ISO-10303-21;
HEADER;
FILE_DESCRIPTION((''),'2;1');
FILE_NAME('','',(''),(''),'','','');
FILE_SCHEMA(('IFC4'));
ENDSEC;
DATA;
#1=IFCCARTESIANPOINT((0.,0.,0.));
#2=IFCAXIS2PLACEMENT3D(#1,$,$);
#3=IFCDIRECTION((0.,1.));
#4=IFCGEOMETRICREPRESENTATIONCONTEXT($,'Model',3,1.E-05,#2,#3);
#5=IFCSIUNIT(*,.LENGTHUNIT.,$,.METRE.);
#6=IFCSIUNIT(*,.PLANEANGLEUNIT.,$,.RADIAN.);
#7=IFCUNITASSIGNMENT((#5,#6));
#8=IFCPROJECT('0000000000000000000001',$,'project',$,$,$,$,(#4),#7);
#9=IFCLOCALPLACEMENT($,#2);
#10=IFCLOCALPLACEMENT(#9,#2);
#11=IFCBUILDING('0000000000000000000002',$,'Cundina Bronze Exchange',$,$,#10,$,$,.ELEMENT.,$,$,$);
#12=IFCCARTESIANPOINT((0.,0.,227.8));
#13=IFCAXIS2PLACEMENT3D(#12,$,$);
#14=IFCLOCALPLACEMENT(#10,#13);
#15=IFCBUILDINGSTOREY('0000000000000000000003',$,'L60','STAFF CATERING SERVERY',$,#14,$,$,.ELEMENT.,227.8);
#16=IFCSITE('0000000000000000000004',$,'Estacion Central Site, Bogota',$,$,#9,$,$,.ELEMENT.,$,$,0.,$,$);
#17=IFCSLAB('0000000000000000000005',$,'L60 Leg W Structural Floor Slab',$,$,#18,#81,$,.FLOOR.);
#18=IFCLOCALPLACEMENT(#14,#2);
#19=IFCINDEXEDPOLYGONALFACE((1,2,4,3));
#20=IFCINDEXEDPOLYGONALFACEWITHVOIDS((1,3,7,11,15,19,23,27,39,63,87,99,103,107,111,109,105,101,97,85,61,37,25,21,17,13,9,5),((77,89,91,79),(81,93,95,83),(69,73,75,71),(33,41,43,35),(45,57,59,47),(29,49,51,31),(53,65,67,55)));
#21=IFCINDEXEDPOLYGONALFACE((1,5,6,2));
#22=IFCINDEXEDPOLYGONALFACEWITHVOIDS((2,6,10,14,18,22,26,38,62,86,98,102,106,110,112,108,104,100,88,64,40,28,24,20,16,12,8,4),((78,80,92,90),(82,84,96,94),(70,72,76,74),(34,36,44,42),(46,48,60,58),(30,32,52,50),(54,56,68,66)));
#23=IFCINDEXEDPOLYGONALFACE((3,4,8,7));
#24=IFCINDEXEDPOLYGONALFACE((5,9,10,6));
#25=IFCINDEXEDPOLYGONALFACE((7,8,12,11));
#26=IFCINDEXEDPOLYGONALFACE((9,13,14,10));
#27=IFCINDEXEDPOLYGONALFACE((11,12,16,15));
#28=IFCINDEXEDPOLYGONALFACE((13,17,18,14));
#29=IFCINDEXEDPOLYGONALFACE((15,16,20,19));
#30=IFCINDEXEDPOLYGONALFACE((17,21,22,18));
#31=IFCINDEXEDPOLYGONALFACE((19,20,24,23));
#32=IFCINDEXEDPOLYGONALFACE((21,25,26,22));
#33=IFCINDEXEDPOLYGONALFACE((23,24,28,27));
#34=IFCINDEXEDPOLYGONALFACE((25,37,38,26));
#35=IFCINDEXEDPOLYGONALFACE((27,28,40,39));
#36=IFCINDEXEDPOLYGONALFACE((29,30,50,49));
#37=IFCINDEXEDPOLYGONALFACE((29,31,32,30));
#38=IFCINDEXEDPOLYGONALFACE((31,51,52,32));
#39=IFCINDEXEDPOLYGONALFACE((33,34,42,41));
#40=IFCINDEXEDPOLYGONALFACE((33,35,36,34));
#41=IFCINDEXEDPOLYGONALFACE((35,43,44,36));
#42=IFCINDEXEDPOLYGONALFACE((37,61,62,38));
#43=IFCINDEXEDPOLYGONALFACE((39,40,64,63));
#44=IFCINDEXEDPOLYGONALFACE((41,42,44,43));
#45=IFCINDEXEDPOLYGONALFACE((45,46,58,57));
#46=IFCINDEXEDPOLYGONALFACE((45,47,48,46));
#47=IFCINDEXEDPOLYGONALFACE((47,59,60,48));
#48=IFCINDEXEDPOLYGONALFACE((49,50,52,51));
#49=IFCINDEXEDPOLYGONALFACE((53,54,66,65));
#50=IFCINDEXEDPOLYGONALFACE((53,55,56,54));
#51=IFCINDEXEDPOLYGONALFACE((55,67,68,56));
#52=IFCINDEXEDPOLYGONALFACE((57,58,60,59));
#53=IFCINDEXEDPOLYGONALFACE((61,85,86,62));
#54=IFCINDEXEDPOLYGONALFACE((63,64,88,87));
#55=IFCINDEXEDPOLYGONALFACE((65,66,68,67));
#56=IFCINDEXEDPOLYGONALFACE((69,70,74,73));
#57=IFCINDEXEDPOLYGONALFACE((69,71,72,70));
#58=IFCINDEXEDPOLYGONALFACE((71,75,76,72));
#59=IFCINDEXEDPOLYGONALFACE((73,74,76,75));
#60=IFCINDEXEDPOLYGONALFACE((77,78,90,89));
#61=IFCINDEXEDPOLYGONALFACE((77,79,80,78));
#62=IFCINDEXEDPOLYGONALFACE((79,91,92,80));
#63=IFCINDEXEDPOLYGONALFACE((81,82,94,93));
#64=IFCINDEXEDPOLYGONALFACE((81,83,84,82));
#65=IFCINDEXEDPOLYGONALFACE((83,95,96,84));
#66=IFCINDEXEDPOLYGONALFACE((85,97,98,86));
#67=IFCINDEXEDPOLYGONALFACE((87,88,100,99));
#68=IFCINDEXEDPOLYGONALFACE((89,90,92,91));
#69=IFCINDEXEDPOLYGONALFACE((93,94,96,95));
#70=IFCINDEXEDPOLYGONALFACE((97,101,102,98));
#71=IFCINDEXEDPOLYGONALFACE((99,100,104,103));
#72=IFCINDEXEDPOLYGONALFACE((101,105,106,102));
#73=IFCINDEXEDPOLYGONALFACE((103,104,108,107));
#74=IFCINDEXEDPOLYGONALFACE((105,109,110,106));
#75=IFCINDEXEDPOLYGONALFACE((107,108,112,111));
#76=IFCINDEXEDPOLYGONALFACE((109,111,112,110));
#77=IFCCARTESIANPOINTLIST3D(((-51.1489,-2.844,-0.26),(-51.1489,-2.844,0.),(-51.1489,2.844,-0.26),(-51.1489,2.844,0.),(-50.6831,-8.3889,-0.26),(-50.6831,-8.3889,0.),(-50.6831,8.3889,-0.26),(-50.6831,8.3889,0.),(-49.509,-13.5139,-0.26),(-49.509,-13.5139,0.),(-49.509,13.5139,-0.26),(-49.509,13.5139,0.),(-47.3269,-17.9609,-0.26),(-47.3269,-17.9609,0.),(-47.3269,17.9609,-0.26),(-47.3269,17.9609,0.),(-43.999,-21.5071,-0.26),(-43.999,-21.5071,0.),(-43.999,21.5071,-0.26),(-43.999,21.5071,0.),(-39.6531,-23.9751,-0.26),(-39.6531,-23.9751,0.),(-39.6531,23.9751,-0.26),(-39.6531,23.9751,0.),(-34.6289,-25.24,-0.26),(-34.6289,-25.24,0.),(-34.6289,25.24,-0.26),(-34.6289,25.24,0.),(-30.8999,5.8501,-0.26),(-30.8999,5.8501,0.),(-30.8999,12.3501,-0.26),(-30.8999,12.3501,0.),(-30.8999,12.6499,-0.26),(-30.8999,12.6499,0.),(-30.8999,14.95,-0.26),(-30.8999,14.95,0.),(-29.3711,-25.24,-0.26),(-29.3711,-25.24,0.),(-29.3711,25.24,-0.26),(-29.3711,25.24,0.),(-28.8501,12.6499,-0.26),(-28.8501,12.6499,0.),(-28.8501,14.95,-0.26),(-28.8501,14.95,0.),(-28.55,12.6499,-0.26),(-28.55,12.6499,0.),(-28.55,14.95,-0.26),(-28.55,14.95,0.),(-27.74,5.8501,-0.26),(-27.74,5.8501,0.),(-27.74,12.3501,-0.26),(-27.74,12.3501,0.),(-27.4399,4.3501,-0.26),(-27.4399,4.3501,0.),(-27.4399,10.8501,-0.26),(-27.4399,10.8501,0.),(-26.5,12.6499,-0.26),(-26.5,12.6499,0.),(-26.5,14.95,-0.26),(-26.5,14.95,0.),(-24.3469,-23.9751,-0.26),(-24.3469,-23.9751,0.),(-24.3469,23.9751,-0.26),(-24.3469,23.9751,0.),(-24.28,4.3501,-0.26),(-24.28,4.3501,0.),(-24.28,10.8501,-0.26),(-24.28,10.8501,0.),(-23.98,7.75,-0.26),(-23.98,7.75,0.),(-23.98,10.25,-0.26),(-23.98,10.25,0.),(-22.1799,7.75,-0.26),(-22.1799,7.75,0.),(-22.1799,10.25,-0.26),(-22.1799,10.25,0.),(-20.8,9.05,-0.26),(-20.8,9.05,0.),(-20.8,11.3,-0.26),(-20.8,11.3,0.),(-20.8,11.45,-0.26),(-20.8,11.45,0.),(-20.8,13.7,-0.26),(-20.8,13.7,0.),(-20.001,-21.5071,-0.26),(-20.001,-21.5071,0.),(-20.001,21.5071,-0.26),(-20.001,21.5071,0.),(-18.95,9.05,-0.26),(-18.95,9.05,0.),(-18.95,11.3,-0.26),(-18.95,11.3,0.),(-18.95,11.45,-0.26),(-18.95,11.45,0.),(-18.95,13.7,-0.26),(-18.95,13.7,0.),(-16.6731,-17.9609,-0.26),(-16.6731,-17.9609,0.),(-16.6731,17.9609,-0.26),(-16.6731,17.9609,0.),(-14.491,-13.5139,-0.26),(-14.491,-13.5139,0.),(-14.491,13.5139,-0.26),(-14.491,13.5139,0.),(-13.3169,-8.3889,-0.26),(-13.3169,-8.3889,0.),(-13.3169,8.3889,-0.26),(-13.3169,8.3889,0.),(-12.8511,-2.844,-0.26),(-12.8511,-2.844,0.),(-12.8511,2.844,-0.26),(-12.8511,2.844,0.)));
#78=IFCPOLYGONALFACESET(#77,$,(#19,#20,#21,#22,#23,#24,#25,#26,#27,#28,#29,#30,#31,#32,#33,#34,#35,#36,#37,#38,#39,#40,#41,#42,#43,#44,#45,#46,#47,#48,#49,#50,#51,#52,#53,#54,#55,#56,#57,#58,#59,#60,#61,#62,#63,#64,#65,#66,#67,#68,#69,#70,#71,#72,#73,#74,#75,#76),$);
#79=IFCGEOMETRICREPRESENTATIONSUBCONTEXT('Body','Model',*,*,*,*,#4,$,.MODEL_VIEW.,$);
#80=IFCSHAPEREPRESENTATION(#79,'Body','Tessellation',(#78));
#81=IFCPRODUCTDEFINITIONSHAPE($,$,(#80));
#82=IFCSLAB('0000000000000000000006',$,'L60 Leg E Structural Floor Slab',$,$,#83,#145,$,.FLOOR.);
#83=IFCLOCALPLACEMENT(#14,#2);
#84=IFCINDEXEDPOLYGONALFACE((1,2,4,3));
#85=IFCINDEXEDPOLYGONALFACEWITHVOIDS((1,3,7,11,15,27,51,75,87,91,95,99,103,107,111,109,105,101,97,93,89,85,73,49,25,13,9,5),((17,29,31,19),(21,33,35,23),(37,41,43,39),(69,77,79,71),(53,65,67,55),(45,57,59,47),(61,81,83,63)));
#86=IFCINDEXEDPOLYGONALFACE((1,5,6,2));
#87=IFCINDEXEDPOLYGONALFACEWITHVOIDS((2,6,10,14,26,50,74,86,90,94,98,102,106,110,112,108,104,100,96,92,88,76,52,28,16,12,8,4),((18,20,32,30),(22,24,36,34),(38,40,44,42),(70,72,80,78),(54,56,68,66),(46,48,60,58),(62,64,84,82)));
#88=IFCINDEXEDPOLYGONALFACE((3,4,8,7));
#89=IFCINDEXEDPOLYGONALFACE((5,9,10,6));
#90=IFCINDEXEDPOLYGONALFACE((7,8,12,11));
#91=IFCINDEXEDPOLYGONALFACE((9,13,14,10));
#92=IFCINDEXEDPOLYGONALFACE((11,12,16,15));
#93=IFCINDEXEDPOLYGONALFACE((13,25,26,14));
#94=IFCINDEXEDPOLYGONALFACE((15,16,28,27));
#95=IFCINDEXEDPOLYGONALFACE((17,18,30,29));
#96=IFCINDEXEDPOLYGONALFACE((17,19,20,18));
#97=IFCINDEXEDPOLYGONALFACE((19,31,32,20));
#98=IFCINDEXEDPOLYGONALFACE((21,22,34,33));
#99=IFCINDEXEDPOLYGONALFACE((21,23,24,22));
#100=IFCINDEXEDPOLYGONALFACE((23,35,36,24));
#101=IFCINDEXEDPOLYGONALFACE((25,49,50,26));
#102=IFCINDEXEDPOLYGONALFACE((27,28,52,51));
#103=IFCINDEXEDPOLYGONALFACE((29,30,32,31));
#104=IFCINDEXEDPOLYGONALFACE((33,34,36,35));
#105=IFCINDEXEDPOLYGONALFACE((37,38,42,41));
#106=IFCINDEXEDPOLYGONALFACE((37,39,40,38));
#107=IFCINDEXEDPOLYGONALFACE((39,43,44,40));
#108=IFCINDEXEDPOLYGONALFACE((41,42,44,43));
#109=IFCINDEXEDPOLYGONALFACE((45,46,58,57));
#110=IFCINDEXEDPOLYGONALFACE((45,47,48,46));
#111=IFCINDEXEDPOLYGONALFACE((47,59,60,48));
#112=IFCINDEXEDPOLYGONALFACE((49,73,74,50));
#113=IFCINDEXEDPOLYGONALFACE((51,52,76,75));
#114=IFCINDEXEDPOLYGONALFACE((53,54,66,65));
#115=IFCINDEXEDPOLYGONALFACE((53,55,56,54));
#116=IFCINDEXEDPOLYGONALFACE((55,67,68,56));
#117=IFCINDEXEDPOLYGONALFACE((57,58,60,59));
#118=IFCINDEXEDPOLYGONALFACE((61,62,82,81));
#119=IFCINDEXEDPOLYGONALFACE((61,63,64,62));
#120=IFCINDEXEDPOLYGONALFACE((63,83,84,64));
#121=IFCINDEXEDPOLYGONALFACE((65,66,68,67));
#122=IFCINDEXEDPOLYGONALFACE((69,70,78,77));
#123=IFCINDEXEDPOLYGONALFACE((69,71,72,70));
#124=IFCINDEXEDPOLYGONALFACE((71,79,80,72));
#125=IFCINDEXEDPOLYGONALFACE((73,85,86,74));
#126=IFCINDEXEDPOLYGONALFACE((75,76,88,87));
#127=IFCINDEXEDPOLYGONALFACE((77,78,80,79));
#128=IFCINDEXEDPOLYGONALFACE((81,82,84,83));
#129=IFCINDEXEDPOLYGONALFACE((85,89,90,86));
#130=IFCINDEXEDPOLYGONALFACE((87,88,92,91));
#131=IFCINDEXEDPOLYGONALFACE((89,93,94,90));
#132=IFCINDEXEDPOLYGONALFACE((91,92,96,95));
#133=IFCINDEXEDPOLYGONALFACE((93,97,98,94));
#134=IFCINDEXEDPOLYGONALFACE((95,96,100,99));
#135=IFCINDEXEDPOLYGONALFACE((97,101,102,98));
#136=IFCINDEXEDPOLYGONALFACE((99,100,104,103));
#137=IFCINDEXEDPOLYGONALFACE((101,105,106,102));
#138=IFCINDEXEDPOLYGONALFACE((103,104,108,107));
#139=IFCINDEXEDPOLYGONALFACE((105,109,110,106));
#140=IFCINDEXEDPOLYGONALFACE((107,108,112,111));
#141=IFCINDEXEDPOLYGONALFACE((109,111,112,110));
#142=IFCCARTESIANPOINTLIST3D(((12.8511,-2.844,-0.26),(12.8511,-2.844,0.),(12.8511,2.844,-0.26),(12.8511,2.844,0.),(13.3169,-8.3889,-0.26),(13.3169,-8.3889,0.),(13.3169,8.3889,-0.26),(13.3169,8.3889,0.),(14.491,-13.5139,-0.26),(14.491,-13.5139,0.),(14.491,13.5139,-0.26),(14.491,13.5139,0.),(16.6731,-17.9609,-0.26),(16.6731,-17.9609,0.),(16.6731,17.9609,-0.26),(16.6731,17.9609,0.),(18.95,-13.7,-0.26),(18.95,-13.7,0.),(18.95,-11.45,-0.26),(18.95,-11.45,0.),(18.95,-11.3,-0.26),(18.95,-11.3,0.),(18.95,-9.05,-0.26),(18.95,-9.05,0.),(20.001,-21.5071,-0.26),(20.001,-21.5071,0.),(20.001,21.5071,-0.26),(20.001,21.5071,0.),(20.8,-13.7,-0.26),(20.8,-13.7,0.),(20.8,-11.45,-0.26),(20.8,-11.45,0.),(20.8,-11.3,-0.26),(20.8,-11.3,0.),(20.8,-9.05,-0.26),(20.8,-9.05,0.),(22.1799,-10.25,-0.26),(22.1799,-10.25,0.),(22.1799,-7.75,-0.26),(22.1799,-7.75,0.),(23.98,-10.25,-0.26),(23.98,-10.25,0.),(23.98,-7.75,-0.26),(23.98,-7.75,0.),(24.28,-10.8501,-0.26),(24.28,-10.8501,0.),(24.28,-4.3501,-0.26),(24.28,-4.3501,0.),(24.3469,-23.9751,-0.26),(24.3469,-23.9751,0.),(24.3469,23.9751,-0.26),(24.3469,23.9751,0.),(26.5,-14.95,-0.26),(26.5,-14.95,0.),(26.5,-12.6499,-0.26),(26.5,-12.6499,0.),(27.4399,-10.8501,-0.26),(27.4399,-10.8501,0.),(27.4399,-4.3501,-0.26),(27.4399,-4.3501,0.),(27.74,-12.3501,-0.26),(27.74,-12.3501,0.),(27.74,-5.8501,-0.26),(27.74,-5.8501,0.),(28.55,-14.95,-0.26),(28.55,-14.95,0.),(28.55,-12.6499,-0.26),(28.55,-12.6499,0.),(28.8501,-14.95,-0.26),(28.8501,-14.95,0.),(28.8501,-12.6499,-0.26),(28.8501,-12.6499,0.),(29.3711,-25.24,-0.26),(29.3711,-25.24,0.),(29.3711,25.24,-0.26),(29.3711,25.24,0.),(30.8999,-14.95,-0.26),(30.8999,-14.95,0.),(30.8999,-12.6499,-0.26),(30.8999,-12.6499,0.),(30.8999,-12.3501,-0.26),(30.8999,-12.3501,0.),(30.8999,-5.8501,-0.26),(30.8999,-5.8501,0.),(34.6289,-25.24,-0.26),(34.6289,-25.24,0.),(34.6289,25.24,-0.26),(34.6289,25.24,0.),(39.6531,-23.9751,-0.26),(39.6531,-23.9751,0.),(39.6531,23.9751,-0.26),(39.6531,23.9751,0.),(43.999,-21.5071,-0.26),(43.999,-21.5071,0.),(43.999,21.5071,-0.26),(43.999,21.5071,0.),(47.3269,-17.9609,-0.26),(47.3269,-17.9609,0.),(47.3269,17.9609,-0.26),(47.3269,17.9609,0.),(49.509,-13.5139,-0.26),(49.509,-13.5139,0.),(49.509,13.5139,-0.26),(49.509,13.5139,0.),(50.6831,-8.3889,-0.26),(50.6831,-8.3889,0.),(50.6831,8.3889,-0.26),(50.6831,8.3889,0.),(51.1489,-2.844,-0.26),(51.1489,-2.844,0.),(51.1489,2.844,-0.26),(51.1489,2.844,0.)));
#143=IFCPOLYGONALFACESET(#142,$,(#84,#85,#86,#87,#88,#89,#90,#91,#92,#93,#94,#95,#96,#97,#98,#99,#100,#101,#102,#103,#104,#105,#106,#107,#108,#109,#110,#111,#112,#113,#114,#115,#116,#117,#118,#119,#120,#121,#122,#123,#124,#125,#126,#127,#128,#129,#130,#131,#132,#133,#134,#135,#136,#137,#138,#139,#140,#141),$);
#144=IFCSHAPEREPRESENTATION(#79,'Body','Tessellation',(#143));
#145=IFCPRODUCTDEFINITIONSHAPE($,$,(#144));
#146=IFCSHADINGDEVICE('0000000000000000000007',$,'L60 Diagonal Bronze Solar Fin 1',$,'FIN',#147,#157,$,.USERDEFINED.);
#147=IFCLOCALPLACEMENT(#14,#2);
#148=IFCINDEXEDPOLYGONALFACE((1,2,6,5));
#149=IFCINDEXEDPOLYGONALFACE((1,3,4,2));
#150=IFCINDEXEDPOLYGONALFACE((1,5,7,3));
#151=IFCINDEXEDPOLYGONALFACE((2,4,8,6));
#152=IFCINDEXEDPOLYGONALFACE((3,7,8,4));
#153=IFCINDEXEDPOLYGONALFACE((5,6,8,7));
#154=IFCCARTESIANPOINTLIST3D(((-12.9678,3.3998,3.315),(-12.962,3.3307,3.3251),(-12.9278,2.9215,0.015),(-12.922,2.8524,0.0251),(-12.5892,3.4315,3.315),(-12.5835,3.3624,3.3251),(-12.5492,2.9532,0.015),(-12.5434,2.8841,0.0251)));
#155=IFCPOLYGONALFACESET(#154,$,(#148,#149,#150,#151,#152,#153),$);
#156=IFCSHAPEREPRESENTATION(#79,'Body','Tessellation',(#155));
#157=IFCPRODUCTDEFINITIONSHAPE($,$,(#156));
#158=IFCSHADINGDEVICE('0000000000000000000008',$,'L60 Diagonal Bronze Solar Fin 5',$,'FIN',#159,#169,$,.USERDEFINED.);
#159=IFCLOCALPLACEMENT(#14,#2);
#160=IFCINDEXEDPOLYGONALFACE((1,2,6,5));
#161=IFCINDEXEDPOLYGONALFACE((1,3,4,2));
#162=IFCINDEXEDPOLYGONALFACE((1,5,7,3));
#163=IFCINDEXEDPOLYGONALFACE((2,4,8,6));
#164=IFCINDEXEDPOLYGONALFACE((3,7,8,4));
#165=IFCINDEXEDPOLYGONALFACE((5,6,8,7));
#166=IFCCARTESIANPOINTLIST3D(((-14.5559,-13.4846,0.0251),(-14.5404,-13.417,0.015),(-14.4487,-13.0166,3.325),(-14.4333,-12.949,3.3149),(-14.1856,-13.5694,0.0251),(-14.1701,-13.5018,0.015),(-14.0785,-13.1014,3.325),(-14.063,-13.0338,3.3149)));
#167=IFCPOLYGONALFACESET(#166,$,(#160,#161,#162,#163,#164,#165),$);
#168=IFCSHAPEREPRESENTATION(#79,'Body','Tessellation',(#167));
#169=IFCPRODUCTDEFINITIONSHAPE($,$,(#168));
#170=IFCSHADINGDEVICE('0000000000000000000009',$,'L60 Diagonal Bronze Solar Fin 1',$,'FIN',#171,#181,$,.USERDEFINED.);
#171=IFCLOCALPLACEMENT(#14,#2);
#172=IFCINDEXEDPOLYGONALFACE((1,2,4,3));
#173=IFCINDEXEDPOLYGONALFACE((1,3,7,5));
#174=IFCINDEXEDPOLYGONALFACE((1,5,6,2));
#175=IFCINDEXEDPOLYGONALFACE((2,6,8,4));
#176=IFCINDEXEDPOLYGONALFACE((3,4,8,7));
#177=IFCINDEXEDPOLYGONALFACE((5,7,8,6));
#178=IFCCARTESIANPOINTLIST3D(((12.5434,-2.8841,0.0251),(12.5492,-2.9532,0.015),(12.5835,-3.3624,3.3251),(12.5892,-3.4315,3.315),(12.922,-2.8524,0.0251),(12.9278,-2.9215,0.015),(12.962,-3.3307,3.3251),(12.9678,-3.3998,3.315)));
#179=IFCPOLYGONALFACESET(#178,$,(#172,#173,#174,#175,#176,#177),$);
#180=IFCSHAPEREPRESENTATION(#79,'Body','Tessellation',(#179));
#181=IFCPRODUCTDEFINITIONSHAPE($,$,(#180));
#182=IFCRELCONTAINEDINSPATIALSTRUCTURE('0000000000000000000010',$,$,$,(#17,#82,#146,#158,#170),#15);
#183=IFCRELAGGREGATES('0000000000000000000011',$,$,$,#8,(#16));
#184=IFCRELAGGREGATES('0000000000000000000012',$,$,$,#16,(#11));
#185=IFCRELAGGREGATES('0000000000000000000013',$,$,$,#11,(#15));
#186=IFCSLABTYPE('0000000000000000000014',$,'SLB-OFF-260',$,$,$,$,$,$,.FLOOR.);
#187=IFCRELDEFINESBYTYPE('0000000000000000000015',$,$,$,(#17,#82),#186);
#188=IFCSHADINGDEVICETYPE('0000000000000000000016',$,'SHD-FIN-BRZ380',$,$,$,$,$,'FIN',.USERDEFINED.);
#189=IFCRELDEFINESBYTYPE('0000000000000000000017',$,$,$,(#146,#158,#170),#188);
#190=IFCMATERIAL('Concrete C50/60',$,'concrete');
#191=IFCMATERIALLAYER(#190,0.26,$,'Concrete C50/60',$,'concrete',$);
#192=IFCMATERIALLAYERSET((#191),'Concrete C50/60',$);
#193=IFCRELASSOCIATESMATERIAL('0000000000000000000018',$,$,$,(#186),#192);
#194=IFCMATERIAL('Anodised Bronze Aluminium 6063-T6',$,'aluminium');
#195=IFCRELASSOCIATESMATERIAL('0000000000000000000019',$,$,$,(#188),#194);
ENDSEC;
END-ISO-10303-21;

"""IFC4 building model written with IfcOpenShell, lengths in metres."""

from ifc_helpers import new_model, si_unit, direction, frame, origin, origin_2d, place, context, subcontext, project, spatial, polyline, rectangle, outline, extrude, material, layer, layer_set, material_profile, profile_set, type_object, element, save


model = new_model("IFC4")

# Units and contexts
model_context = context("Model", 3, precision=1e-05, world=origin(), true_north=direction((0.0, 1.0)))
body_context = subcontext(model_context, "Body", "Model", "MODEL_VIEW")
ifc_project = project(units=[si_unit("LENGTHUNIT", "METRE"), si_unit("PLANEANGLEUNIT", "RADIAN")], contexts=[model_context])

# Site, building, storey
site_placement = place(None, origin())
site = spatial("IfcSite", under=ifc_project, at=site_placement, Name="Estacion Central Site, Bogota", CompositionType="ELEMENT", RefElevation=0.0)
building_placement = place(site_placement, origin())
building = spatial("IfcBuilding", under=site, at=building_placement, Name="Cundina Bronze Exchange", CompositionType="ELEMENT")
storey_placement = place(building_placement, frame((0.0, 0.0, 227.8)))
storey = spatial("IfcBuildingStorey", under=building, at=storey_placement, Name="L60", Description="STAFF CATERING SERVERY", CompositionType="ELEMENT", Elevation=227.8)

# Shared definitions
ifc_material_1 = material(Name="Concrete C50/60", Category="concrete")

# Shared definitions
ifc_material_2 = material(Name="Anodised Bronze Aluminium 6063-T6", Category="aluminium")

# Slabs
ifc_layer_1 = layer(ifc_material_1, 0.26, Name="Concrete C50/60", Category="concrete")
ifc_layer_set_1 = layer_set([ifc_layer_1], Name="Concrete C50/60")
slab_type_1 = type_object("IfcSlabType", Name="SLB-OFF-260", PredefinedType="FLOOR", material=ifc_layer_set_1)
slab_1_placement = place(storey_placement, frame((0.0, 0.0, -0.26)))
element("IfcSlab", 1, at=slab_1_placement, inside=storey, type_object=slab_type_1, Name="L60 Leg W Structural Floor Slab", PredefinedType="FLOOR", context=body_context, shape_type="SweptSolid", body=[
    extrude(outline(polyline([(-12.8511, 2.844), (-13.3169, 8.3889), (-14.491, 13.5139), (-16.6731, 17.9609), (-20.001, 21.5071), (-24.3469, 23.9751), (-29.3711, 25.24), (-34.6289, 25.24), (-39.6531, 23.9751), (-43.999, 21.5071), (-47.3269, 17.9609), (-49.509, 13.5139), (-50.6831, 8.3889), (-51.1489, 2.844), (-51.1489, -2.844), (-50.6831, -8.3889), (-49.509, -13.5139), (-47.3269, -17.9609), (-43.999, -21.5071), (-39.6531, -23.9751), (-34.6289, -25.24), (-29.3711, -25.24), (-24.3469, -23.9751), (-20.001, -21.5071), (-16.6731, -17.9609), (-14.491, -13.5139), (-13.3169, -8.3889), (-12.8511, -2.844), (-12.8511, 2.844)]), holes=[polyline([(-27.74, 5.8501), (-27.74, 12.3501), (-30.8999, 12.3501), (-30.8999, 5.8501), (-27.74, 5.8501)]), polyline([(-27.4399, 10.8501), (-27.4399, 4.3501), (-24.28, 4.3501), (-24.28, 10.8501), (-27.4399, 10.8501)]), polyline([(-23.98, 10.25), (-22.1799, 10.25), (-22.1799, 7.75), (-23.98, 7.75), (-23.98, 10.25)]), polyline([(-30.8999, 14.95), (-28.8501, 14.95), (-28.8501, 12.6499), (-30.8999, 12.6499), (-30.8999, 14.95)]), polyline([(-28.55, 14.95), (-26.5, 14.95), (-26.5, 12.6499), (-28.55, 12.6499), (-28.55, 14.95)]), polyline([(-20.8, 13.7), (-18.95, 13.7), (-18.95, 11.45), (-20.8, 11.45), (-20.8, 13.7)]), polyline([(-20.8, 11.3), (-18.95, 11.3), (-18.95, 9.05), (-20.8, 9.05), (-20.8, 11.3)])]), origin(), (0.0, 0.0, 1.0), 0.26),
])
slab_2_placement = place(storey_placement, frame((0.0, 0.0, -0.26)))
element("IfcSlab", 2, at=slab_2_placement, inside=storey, type_object=slab_type_1, Name="L60 Leg E Structural Floor Slab", PredefinedType="FLOOR", context=body_context, shape_type="SweptSolid", body=[
    extrude(outline(polyline([(51.1489, 2.844), (50.6831, 8.3889), (49.509, 13.5139), (47.3269, 17.9609), (43.999, 21.5071), (39.6531, 23.9751), (34.6289, 25.24), (29.3711, 25.24), (24.3469, 23.9751), (20.001, 21.5071), (16.6731, 17.9609), (14.491, 13.5139), (13.3169, 8.3889), (12.8511, 2.844), (12.8511, -2.844), (13.3169, -8.3889), (14.491, -13.5139), (16.6731, -17.9609), (20.001, -21.5071), (24.3469, -23.9751), (29.3711, -25.24), (34.6289, -25.24), (39.6531, -23.9751), (43.999, -21.5071), (47.3269, -17.9609), (49.509, -13.5139), (50.6831, -8.3889), (51.1489, -2.844), (51.1489, 2.844)]), holes=[polyline([(27.74, -5.8501), (27.74, -12.3501), (30.8999, -12.3501), (30.8999, -5.8501), (27.74, -5.8501)]), polyline([(27.4399, -10.8501), (27.4399, -4.3501), (24.28, -4.3501), (24.28, -10.8501), (27.4399, -10.8501)]), polyline([(22.1799, -7.75), (23.98, -7.75), (23.98, -10.25), (22.1799, -10.25), (22.1799, -7.75)]), polyline([(28.8501, -12.6499), (30.8999, -12.6499), (30.8999, -14.95), (28.8501, -14.95), (28.8501, -12.6499)]), polyline([(26.5, -12.6499), (28.55, -12.6499), (28.55, -14.95), (26.5, -14.95), (26.5, -12.6499)]), polyline([(18.95, -11.45), (20.8, -11.45), (20.8, -13.7), (18.95, -13.7), (18.95, -11.45)]), polyline([(18.95, -9.05), (20.8, -9.05), (20.8, -11.3), (18.95, -11.3), (18.95, -9.05)])]), origin(), (0.0, 0.0, 1.0), 0.26),
])

# Shading devices
ifc_material_profile_1 = material_profile(ifc_material_2, rectangle(XDim=0.0701, YDim=0.3799, at=origin_2d()), Name="FIN70X380", Category="aluminium")
ifc_profile_set_1 = profile_set([ifc_material_profile_1], Name="Anodised Bronze Aluminium 6063-T6")
shading_device_type = type_object("IfcShadingDeviceType", Name="SHD-FIN-BRZ380", ElementType="FIN", PredefinedType="USERDEFINED", material=ifc_profile_set_1)
for number, where, z_axis, x_axis, name in (
    (3, (-12.7356, 2.9028, 0.02), (-0.012007, 0.14342, 0.989589), (0.082556, -0.98614, 0.143921), "L60 Diagonal Bronze Solar Fin 1"),
    (4, (-14.363, -13.4932, 0.02), (0.032139, 0.140344, 0.989581), (-0.220899, -0.964611, 0.143977), "L60 Diagonal Bronze Solar Fin 5"),
    (5, (12.7356, -2.9028, 0.02), (0.012007, -0.14342, 0.989589), (-0.082556, 0.98614, 0.143921), "L60 Diagonal Bronze Solar Fin 1"),
):
    element("IfcShadingDevice", number, at=place(storey_placement, frame(where, z_axis=z_axis, x_axis=x_axis)), inside=storey, type_object=shading_device_type, Name=name, ObjectType="FIN", PredefinedType="USERDEFINED", context=body_context, shape_type="SweptSolid", body=[
        extrude(rectangle(XDim=0.0701, YDim=0.3799, at=origin_2d()), origin(), (0.0, 0.0, 1.0), 3.3347),
    ])

save(model, "model.ifc")
